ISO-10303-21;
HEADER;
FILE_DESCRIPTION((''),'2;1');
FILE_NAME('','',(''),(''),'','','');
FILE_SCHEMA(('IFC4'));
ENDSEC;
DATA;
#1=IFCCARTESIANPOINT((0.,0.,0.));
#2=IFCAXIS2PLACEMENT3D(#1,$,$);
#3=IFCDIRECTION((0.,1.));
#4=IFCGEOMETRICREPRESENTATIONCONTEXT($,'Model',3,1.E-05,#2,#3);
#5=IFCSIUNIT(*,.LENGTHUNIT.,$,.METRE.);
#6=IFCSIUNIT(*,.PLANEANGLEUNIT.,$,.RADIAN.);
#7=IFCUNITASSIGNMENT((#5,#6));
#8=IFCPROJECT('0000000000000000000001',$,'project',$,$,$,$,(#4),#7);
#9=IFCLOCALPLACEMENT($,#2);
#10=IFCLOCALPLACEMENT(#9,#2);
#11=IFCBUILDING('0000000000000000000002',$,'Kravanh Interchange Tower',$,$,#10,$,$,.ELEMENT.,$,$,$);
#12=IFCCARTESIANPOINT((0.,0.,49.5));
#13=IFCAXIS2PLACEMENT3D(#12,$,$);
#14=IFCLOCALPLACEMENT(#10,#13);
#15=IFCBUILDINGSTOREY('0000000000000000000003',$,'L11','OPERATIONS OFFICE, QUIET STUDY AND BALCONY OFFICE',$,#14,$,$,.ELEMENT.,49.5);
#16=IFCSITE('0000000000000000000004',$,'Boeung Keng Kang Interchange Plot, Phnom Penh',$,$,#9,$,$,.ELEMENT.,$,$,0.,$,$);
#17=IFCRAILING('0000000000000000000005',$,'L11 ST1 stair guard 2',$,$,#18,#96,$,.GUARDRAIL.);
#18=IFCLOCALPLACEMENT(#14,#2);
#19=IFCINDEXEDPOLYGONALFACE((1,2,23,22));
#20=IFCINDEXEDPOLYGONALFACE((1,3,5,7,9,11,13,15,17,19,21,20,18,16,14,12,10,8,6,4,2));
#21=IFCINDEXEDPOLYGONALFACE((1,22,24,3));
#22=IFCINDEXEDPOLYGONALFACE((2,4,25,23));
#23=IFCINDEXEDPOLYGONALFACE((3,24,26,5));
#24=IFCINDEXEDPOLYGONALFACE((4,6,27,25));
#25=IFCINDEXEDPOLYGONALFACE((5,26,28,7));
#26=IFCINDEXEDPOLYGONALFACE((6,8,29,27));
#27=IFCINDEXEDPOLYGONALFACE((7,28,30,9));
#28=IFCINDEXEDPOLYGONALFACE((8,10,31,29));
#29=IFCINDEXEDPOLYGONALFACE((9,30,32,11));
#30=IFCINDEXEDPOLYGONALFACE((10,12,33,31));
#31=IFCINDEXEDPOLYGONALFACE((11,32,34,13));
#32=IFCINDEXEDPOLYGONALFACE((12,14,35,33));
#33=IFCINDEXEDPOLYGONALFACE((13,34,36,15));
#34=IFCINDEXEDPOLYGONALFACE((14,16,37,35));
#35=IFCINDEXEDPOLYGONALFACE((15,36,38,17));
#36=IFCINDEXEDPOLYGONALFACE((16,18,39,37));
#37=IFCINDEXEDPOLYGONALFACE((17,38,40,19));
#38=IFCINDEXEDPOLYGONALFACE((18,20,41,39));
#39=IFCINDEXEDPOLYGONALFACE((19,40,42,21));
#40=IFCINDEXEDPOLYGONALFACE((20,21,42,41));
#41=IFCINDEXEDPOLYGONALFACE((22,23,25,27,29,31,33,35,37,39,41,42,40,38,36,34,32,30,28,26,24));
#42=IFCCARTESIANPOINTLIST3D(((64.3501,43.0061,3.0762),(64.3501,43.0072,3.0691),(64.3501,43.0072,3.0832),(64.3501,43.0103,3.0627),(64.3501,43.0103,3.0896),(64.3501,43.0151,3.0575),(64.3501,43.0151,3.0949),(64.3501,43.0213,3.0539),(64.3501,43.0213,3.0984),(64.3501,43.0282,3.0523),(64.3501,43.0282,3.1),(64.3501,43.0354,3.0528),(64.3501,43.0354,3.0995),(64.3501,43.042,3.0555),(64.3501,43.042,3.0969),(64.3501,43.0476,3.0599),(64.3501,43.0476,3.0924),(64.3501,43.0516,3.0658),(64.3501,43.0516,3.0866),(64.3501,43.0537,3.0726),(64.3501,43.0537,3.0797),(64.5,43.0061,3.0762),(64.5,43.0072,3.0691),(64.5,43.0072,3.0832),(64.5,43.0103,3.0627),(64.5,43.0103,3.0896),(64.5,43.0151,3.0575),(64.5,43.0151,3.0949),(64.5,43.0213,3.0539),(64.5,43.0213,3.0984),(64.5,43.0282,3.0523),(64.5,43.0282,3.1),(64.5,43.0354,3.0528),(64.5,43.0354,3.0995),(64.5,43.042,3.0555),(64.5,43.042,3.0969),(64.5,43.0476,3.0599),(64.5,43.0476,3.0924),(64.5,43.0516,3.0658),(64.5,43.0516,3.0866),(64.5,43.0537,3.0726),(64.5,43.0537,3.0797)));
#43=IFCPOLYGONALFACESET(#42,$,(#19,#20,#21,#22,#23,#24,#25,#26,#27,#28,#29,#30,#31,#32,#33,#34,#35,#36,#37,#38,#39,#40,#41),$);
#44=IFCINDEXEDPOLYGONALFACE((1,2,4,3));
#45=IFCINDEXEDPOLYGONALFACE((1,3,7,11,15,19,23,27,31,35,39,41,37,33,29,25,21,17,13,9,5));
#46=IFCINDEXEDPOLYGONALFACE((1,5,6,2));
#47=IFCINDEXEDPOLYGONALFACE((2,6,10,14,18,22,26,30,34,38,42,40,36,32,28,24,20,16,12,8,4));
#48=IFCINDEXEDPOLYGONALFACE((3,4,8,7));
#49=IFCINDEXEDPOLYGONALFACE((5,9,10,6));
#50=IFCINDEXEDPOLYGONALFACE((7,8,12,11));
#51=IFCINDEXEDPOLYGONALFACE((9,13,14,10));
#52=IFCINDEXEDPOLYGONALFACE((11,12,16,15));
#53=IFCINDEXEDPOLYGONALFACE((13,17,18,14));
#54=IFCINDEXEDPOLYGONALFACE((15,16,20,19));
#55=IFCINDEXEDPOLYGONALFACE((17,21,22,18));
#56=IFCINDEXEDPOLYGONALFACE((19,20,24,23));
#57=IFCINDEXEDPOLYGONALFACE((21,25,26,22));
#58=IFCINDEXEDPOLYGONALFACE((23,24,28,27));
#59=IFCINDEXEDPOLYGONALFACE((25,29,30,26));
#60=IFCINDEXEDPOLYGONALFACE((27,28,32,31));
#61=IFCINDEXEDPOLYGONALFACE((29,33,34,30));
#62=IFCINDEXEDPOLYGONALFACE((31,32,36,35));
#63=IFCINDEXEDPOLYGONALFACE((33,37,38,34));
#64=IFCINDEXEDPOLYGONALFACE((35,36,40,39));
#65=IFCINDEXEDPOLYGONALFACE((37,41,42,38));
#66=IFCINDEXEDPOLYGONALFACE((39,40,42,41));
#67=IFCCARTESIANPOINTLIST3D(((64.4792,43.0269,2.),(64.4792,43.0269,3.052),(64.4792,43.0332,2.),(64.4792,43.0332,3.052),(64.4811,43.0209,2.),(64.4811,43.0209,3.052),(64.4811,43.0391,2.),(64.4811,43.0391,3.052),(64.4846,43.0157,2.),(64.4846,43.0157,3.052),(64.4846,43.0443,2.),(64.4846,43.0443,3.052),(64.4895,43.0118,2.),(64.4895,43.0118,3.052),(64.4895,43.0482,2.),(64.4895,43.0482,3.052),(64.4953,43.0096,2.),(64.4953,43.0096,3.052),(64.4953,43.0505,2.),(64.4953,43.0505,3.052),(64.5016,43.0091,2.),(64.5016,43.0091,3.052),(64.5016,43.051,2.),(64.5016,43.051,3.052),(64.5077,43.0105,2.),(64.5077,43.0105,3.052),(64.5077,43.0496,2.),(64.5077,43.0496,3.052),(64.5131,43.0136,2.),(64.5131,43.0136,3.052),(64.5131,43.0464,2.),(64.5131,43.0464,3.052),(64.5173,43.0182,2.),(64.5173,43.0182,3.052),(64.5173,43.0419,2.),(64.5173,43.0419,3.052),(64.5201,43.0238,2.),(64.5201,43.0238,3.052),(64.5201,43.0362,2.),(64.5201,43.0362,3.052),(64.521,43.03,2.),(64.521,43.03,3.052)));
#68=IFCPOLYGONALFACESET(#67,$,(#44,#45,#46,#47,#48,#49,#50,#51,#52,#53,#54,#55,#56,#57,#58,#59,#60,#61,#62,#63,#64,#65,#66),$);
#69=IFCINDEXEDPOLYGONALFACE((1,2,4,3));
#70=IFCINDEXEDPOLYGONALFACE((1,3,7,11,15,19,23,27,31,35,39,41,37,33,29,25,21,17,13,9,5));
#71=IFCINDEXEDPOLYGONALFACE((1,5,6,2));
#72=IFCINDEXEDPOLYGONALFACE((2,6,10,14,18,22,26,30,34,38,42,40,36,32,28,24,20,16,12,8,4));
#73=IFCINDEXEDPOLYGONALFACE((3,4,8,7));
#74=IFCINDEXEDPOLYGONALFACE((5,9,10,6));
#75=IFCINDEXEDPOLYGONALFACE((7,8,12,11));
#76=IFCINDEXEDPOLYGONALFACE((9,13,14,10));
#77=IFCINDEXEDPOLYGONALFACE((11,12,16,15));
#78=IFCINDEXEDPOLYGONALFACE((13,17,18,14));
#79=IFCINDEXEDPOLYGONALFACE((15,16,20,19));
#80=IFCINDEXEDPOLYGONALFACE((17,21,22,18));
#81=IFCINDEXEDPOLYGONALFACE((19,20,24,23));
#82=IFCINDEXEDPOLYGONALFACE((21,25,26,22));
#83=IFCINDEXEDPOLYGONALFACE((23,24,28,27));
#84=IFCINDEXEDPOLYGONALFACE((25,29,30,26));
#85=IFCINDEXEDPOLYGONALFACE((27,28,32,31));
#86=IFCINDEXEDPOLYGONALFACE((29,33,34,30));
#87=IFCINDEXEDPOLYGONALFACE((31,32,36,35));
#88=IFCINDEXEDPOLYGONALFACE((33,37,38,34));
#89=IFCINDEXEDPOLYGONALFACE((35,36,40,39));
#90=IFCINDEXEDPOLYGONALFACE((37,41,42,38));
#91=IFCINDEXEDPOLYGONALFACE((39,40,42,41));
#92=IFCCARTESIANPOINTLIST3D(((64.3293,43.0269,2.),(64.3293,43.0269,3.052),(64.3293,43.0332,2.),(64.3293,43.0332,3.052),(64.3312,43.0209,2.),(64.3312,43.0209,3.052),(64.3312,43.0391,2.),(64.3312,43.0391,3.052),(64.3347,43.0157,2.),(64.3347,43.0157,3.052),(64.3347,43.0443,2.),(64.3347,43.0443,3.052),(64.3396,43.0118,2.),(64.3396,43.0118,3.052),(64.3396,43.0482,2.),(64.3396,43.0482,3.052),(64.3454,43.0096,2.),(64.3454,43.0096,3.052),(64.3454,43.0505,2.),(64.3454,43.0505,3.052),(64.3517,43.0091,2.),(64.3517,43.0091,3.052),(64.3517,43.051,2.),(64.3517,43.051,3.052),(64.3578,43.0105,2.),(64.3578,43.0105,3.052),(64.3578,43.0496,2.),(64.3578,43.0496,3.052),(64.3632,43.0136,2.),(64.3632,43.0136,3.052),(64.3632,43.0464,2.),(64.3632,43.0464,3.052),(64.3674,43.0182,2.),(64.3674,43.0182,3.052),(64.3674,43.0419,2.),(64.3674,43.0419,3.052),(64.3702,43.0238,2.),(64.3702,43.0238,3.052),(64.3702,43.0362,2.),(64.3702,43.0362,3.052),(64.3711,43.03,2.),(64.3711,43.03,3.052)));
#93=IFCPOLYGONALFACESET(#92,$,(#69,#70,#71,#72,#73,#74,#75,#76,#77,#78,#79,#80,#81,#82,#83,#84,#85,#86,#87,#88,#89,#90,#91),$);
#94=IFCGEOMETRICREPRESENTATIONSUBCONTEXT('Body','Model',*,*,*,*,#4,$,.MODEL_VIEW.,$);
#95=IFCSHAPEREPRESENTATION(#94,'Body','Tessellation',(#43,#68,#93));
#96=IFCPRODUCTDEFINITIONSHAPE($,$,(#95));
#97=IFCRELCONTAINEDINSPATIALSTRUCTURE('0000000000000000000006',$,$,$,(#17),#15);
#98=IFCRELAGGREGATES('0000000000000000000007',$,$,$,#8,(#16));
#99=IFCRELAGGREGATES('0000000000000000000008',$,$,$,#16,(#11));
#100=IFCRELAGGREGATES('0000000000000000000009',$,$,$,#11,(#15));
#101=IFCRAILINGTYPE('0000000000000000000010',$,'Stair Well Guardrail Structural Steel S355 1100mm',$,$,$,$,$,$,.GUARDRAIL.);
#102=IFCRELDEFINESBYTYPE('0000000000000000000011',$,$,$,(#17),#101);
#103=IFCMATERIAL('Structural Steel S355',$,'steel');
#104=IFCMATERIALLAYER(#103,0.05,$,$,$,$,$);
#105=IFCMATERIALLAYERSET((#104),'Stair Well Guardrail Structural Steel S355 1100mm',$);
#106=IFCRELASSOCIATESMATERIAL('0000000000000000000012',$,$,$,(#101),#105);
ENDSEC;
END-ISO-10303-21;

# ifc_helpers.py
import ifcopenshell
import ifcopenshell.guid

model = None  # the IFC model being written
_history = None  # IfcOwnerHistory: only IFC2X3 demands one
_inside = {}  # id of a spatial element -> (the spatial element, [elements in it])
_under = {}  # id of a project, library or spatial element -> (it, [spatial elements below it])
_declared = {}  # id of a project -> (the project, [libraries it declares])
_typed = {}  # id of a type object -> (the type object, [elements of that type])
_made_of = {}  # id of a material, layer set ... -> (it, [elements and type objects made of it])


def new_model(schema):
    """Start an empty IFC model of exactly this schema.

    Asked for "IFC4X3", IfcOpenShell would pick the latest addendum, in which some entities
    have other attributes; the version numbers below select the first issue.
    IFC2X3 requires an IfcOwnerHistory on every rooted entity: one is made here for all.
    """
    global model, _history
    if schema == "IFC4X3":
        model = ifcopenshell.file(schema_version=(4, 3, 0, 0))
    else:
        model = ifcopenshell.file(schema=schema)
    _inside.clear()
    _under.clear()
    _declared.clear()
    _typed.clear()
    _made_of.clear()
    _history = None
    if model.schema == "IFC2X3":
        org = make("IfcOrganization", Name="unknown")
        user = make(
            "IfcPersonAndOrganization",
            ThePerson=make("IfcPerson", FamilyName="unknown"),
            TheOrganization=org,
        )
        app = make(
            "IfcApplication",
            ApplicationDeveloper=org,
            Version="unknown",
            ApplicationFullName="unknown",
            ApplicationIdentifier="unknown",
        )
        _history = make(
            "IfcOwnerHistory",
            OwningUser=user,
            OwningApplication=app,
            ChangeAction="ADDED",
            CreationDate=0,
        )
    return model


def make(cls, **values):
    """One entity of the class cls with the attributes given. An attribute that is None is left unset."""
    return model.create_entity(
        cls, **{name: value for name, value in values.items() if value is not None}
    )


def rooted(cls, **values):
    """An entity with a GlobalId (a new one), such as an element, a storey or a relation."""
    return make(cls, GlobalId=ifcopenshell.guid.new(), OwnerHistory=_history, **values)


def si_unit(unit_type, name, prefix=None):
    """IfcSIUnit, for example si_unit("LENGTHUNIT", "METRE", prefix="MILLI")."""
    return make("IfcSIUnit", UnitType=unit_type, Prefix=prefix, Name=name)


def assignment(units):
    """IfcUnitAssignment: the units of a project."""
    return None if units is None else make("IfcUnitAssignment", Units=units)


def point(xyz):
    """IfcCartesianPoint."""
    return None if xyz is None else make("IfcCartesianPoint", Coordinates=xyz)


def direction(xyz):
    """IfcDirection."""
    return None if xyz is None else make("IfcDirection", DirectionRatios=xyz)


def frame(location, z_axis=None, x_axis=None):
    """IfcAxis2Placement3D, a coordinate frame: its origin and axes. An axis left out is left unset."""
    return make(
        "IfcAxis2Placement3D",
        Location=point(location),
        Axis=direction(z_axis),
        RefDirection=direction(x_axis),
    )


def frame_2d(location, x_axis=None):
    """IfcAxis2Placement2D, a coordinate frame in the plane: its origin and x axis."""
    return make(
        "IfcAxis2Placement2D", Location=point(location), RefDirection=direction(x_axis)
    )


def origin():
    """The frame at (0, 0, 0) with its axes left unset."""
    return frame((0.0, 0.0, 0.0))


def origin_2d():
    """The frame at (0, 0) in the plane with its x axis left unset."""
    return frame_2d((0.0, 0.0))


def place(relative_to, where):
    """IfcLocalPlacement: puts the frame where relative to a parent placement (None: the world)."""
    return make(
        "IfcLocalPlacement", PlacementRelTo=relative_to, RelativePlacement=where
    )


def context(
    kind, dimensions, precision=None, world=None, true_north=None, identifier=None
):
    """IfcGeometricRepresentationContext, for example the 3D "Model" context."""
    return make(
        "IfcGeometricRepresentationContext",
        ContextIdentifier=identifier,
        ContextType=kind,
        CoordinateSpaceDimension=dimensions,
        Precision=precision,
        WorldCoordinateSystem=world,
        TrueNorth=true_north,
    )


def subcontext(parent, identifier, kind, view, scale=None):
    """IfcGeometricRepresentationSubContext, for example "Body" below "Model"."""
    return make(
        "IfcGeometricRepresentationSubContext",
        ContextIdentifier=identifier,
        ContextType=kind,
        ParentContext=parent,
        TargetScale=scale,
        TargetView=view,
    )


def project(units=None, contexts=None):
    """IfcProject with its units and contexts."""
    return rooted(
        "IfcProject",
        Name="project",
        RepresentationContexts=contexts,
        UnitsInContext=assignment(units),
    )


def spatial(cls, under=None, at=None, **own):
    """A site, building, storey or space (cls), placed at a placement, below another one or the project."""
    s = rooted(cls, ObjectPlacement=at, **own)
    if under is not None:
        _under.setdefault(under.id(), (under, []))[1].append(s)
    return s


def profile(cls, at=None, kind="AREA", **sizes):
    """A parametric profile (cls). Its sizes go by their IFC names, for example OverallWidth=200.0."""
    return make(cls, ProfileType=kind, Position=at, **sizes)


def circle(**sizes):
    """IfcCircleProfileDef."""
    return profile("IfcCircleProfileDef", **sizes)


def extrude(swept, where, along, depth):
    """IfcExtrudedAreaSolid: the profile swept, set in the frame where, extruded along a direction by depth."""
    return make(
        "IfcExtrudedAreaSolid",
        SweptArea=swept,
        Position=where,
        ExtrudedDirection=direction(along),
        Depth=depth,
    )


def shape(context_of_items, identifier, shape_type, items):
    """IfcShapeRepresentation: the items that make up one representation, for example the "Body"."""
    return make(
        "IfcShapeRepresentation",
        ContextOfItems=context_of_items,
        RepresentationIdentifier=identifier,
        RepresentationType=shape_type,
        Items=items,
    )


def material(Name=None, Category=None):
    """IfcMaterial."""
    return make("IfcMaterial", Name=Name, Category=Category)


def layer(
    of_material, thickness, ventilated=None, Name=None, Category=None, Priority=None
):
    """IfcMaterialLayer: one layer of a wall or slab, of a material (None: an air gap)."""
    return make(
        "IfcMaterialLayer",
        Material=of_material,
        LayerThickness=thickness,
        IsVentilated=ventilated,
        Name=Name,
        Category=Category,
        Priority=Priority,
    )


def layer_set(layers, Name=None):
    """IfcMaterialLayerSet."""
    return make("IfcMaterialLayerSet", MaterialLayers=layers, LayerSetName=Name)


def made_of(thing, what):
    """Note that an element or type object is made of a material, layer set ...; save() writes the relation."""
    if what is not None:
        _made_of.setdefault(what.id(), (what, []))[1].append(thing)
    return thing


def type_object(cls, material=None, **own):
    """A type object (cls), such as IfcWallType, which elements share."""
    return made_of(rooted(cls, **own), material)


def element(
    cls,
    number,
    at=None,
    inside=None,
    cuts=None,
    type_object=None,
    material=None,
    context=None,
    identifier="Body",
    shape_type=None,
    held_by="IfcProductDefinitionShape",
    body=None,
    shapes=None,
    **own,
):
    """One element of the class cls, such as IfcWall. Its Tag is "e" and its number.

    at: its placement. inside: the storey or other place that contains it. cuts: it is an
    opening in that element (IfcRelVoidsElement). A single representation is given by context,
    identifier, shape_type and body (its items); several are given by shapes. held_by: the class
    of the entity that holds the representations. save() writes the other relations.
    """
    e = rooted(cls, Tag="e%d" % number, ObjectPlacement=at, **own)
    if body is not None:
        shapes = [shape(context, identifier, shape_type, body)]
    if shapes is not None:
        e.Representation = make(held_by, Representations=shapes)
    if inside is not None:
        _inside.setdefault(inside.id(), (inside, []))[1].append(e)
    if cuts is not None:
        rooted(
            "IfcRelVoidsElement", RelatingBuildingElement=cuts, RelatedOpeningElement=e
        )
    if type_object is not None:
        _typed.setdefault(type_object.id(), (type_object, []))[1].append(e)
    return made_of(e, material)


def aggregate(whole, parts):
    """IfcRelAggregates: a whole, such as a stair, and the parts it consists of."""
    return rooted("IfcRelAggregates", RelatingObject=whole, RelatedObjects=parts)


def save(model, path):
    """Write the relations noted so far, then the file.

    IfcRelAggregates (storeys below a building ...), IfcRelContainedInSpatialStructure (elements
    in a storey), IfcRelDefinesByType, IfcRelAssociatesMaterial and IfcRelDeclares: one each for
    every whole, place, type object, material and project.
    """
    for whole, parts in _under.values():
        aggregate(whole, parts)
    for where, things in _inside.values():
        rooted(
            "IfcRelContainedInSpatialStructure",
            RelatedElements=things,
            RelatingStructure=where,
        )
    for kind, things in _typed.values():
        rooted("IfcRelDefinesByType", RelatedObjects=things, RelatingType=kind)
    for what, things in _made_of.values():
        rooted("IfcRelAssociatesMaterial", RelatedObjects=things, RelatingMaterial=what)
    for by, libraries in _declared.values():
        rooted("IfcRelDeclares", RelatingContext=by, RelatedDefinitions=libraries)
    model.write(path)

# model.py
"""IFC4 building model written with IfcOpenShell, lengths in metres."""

from ifc_helpers import new_model, si_unit, direction, frame, origin, origin_2d, place, context, subcontext, project, spatial, circle, extrude, material, layer, layer_set, type_object, element, save


model = new_model("IFC4")

# Units and contexts
model_context = context("Model", 3, precision=1e-05, world=origin(), true_north=direction((0.0, 1.0)))
body_context = subcontext(model_context, "Body", "Model", "MODEL_VIEW")
ifc_project = project(units=[si_unit("LENGTHUNIT", "METRE"), si_unit("PLANEANGLEUNIT", "RADIAN")], contexts=[model_context])

# Site, building, storey
site_placement = place(None, origin())
site = spatial("IfcSite", under=ifc_project, at=site_placement, Name="Boeung Keng Kang Interchange Plot, Phnom Penh", CompositionType="ELEMENT", RefElevation=0.0)
building_placement = place(site_placement, origin())
building = spatial("IfcBuilding", under=site, at=building_placement, Name="Kravanh Interchange Tower", CompositionType="ELEMENT")
storey_placement = place(building_placement, frame((0.0, 0.0, 49.5)))
storey = spatial("IfcBuildingStorey", under=building, at=storey_placement, Name="L11", Description="OPERATIONS OFFICE, QUIET STUDY AND BALCONY OFFICE", CompositionType="ELEMENT", Elevation=49.5)

# Railing
ifc_material_1 = material(Name="Structural Steel S355", Category="steel")
ifc_layer_1 = layer(ifc_material_1, 0.05)
ifc_layer_set_1 = layer_set([ifc_layer_1], Name="Stair Well Guardrail Structural Steel S355 1100mm")
railing_type_1 = type_object("IfcRailingType", Name="Stair Well Guardrail Structural Steel S355 1100mm", PredefinedType="GUARDRAIL", material=ifc_layer_set_1)
railing_1_placement = place(storey_placement, frame((64.5, 43.03, 2.0)))
element("IfcRailing", 1, at=railing_1_placement, inside=storey, type_object=railing_type_1, Name="L11 ST1 stair guard 2", PredefinedType="GUARDRAIL", context=body_context, shape_type="SweptSolid", body=[
    extrude(circle(Radius=0.0239, at=origin_2d()), frame((0.0, 0.0, 1.0762), z_axis=(-1.0, 0.0, 0.0), x_axis=(0.0, -1.0, 0.0)), (0.0, 0.0, 1.0), 0.1499),
    extrude(circle(Radius=0.021, at=origin_2d()), origin(), (0.0, 0.0, 1.0), 1.052),
    extrude(circle(Radius=0.021, at=origin_2d()), frame((-0.1499, 0.0, 0.0)), (0.0, 0.0, 1.0), 1.052),
])

save(model, "model.ifc")
